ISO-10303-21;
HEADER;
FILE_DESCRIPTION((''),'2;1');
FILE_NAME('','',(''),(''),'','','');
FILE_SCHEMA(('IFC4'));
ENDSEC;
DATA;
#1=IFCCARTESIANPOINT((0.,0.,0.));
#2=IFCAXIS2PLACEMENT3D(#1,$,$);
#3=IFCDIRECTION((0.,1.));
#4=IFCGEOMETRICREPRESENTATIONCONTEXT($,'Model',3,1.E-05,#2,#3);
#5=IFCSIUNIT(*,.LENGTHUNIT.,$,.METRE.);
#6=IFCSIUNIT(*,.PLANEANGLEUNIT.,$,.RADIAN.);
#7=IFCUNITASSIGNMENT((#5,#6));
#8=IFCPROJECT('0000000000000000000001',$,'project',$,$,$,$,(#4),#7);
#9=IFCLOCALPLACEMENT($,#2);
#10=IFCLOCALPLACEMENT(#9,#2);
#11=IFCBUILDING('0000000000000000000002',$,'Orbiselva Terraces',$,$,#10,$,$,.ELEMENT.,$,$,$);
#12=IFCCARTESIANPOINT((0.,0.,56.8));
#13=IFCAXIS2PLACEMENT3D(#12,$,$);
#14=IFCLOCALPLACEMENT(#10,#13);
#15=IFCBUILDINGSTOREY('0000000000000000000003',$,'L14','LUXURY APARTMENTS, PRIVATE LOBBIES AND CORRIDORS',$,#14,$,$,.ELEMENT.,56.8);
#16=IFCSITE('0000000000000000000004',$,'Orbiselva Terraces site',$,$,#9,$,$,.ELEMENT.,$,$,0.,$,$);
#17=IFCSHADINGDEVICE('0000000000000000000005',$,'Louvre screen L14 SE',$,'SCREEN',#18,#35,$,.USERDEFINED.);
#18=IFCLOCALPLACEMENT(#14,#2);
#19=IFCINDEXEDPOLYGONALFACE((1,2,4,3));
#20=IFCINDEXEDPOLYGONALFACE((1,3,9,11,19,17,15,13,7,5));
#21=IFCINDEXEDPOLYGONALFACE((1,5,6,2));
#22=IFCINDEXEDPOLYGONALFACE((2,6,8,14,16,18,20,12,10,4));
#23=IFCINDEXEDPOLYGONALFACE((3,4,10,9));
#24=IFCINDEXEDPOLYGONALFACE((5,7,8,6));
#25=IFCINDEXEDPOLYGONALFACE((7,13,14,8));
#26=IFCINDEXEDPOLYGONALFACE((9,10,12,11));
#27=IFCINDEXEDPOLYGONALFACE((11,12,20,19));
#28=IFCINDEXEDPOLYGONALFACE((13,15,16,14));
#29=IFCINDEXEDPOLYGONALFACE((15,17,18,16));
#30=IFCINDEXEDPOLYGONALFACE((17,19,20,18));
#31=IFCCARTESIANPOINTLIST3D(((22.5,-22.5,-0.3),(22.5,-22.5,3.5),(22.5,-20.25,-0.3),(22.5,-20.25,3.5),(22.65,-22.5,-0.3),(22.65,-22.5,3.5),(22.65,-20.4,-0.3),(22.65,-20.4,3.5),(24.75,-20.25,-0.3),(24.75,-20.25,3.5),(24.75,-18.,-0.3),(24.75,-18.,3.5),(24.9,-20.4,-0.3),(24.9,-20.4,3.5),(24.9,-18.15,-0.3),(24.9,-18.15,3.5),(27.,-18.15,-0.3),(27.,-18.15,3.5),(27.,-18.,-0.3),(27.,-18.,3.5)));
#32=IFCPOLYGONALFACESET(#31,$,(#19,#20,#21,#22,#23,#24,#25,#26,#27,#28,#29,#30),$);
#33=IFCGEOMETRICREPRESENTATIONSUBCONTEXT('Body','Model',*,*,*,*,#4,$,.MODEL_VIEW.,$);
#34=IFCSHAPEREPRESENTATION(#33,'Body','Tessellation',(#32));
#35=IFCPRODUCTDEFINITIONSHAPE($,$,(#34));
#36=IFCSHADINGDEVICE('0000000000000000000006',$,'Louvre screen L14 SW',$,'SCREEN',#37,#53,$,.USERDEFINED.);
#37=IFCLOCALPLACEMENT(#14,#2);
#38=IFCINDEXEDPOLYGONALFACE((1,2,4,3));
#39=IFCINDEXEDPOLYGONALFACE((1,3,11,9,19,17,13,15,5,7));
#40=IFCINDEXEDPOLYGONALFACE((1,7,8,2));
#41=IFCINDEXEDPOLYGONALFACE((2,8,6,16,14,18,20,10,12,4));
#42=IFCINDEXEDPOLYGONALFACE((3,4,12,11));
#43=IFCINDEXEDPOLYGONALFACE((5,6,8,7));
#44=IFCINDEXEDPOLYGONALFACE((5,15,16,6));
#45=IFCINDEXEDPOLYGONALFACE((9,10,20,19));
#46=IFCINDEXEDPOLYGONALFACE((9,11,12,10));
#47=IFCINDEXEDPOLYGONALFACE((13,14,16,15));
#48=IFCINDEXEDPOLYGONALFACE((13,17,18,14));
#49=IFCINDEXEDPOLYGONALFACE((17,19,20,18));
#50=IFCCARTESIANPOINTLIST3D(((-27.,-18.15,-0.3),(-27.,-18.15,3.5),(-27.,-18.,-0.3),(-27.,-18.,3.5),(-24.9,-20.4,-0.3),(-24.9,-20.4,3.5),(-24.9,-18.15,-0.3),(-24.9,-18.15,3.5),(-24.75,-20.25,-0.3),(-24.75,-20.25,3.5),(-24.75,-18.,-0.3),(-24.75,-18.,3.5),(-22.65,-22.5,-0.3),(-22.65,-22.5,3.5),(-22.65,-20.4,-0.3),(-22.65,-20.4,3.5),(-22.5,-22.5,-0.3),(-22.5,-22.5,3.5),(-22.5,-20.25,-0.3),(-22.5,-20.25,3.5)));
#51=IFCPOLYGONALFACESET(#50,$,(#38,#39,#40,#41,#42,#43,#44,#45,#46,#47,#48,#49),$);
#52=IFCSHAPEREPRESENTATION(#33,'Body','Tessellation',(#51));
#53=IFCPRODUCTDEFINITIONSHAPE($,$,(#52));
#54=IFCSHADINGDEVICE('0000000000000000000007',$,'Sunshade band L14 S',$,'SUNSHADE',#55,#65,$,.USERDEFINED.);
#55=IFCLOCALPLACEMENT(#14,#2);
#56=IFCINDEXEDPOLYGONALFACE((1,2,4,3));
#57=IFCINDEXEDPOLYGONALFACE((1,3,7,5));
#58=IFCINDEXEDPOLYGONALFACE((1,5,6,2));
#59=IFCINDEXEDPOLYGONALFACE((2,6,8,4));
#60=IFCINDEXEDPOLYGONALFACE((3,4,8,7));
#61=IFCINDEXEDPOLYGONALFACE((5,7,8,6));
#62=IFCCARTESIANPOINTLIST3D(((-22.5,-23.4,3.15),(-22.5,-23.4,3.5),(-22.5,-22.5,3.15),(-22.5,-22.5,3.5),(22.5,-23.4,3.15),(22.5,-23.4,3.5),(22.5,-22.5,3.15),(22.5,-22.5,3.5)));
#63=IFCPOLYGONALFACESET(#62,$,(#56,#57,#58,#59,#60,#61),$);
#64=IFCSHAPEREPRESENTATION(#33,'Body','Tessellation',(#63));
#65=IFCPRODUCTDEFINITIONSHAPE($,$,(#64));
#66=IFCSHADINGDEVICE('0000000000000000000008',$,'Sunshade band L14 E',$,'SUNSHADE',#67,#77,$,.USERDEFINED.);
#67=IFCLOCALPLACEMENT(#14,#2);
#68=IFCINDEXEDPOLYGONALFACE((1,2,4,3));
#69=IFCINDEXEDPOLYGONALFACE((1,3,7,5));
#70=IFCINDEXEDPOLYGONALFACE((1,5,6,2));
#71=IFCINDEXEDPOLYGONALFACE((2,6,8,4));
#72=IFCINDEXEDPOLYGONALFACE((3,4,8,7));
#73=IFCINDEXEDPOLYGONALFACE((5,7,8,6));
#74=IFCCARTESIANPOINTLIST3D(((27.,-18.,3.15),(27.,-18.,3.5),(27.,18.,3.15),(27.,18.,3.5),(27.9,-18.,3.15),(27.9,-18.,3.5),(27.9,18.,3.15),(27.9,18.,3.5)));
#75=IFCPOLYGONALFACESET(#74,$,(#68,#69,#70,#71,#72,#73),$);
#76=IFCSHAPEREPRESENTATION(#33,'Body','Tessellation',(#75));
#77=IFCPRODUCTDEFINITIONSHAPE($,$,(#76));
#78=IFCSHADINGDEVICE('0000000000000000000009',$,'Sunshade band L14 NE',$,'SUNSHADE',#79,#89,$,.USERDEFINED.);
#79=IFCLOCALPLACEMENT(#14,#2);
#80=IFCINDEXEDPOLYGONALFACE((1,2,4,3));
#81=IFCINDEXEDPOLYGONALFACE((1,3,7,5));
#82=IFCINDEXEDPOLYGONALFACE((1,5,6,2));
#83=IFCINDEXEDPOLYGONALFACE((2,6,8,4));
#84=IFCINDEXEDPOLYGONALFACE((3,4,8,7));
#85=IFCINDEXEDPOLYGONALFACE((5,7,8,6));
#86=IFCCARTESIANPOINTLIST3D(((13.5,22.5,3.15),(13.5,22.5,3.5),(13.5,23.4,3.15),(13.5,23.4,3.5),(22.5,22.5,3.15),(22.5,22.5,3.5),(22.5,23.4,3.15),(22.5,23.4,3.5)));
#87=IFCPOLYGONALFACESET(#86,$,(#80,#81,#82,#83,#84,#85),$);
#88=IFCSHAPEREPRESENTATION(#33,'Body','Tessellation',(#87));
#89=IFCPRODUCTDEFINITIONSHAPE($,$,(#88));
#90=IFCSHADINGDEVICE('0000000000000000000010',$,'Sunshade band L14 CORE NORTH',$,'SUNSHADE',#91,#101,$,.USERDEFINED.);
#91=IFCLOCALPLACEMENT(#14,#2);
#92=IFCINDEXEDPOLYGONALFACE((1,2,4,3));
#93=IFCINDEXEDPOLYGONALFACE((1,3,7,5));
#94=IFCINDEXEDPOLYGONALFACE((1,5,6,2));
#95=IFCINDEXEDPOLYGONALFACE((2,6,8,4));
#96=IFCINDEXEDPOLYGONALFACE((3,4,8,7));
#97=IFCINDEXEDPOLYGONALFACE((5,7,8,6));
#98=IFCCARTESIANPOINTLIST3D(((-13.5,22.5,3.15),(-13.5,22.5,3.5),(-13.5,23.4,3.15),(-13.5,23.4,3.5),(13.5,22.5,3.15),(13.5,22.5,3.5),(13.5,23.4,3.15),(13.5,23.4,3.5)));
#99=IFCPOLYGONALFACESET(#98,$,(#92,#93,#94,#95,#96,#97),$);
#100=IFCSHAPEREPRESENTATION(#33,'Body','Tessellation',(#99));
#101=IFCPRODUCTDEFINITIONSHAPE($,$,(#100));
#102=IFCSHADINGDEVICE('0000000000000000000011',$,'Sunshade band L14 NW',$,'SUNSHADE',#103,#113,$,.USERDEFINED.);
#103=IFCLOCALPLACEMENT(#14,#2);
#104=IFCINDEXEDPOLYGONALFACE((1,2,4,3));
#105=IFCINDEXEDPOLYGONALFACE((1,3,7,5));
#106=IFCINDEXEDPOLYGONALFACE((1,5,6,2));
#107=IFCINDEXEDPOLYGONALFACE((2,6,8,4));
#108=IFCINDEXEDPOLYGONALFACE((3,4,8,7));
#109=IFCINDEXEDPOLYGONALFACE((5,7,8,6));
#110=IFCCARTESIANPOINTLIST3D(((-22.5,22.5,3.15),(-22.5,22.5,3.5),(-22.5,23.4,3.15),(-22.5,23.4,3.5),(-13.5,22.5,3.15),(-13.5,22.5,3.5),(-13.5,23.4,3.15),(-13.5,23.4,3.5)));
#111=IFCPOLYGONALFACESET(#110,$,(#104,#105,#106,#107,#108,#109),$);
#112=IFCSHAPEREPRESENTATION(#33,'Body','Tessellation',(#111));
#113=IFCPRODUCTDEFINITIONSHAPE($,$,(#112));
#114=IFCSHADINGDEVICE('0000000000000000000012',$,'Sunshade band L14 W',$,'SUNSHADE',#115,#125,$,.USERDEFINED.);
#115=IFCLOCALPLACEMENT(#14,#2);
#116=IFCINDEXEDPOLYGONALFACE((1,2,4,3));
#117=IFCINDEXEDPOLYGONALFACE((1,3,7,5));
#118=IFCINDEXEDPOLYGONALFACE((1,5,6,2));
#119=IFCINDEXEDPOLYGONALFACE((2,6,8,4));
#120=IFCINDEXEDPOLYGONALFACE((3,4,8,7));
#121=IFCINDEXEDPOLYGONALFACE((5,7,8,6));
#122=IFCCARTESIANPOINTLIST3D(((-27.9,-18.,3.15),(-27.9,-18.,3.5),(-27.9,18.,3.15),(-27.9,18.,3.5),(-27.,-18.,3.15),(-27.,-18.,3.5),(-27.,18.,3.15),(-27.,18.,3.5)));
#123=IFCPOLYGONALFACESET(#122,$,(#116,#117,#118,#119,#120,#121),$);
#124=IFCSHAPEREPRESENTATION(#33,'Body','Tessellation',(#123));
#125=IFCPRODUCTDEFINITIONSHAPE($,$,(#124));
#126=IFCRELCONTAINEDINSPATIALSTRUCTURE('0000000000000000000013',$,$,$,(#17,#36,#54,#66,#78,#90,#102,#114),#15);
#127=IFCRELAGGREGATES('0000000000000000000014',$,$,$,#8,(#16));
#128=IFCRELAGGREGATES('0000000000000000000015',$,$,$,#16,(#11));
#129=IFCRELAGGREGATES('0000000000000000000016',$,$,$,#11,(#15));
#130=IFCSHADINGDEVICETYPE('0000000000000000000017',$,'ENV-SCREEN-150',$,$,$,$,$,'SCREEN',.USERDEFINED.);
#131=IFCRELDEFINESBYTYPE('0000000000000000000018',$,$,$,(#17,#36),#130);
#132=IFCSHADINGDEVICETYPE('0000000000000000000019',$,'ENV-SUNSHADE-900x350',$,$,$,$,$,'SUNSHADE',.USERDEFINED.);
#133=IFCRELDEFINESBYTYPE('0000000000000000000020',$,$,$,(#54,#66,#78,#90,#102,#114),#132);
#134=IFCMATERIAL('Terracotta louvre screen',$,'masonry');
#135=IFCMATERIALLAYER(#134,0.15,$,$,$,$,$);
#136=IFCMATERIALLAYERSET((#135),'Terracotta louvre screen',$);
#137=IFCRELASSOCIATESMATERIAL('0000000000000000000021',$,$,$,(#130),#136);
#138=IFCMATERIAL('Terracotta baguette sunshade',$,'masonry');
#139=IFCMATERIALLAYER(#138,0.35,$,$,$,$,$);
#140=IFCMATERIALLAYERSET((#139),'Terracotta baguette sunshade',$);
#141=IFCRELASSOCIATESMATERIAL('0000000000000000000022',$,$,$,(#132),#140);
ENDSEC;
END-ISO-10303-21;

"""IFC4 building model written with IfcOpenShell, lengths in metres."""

from ifc_helpers import new_model, si_unit, direction, frame, origin, place, context, subcontext, project, spatial, polyline, outline, extrude, material, layer, layer_set, type_object, element, save


model = new_model("IFC4")

# Units and contexts
model_context = context("Model", 3, precision=1e-05, world=origin(), true_north=direction((0.0, 1.0)))
body_context = subcontext(model_context, "Body", "Model", "MODEL_VIEW")
ifc_project = project(units=[si_unit("LENGTHUNIT", "METRE"), si_unit("PLANEANGLEUNIT", "RADIAN")], contexts=[model_context])

# Site, building, storey
site_placement = place(None, origin())
site = spatial("IfcSite", under=ifc_project, at=site_placement, Name="Orbiselva Terraces site", CompositionType="ELEMENT", RefElevation=0.0)
building_placement = place(site_placement, origin())
building = spatial("IfcBuilding", under=site, at=building_placement, Name="Orbiselva Terraces", CompositionType="ELEMENT")
storey_placement = place(building_placement, frame((0.0, 0.0, 56.8)))
storey = spatial("IfcBuildingStorey", under=building, at=storey_placement, Name="L14", Description="LUXURY APARTMENTS, PRIVATE LOBBIES AND CORRIDORS", CompositionType="ELEMENT", Elevation=56.8)

# Shading devices
ifc_material_1 = material(Name="Terracotta louvre screen", Category="masonry")
ifc_layer_1 = layer(ifc_material_1, 0.15)
ifc_layer_set_1 = layer_set([ifc_layer_1], Name="Terracotta louvre screen")
shading_device_type_1 = type_object("IfcShadingDeviceType", Name="ENV-SCREEN-150", ElementType="SCREEN", PredefinedType="USERDEFINED", material=ifc_layer_set_1)
shading_device_1_placement = place(storey_placement, frame((0.0, 0.0, -0.3)))
element("IfcShadingDevice", 1, at=shading_device_1_placement, inside=storey, type_object=shading_device_type_1, Name="Louvre screen L14 SE", ObjectType="SCREEN", PredefinedType="USERDEFINED", context=body_context, shape_type="SweptSolid", body=[
    extrude(outline(polyline([(22.65, -22.5), (22.65, -20.4), (24.9, -20.4), (24.9, -18.15), (27.0, -18.15), (27.0, -18.0), (24.75, -18.0), (24.75, -20.25), (22.5, -20.25), (22.5, -22.5), (22.65, -22.5)])), origin(), (0.0, 0.0, 1.0), 3.8),
])
shading_device_2_placement = place(storey_placement, frame((0.0, 0.0, -0.3)))
element("IfcShadingDevice", 2, at=shading_device_2_placement, inside=storey, type_object=shading_device_type_1, Name="Louvre screen L14 SW", ObjectType="SCREEN", PredefinedType="USERDEFINED", context=body_context, shape_type="SweptSolid", body=[
    extrude(outline(polyline([(-27.0, -18.15), (-24.9, -18.15), (-24.9, -20.4), (-22.65, -20.4), (-22.65, -22.5), (-22.5, -22.5), (-22.5, -20.25), (-24.75, -20.25), (-24.75, -18.0), (-27.0, -18.0), (-27.0, -18.15)])), origin(), (0.0, 0.0, 1.0), 3.8),
])
ifc_material_2 = material(Name="Terracotta baguette sunshade", Category="masonry")
ifc_layer_2 = layer(ifc_material_2, 0.35)
ifc_layer_set_2 = layer_set([ifc_layer_2], Name="Terracotta baguette sunshade")
shading_device_type_2 = type_object("IfcShadingDeviceType", Name="ENV-SUNSHADE-900x350", ElementType="SUNSHADE", PredefinedType="USERDEFINED", material=ifc_layer_set_2)
shading_device_3_placement = place(storey_placement, frame((0.0, 0.0, 3.15)))
element("IfcShadingDevice", 3, at=shading_device_3_placement, inside=storey, type_object=shading_device_type_2, Name="Sunshade band L14 S", ObjectType="SUNSHADE", PredefinedType="USERDEFINED", context=body_context, shape_type="SweptSolid", body=[
    extrude(outline(polyline([(-22.5, -23.4), (22.5, -23.4), (22.5, -22.5), (-22.5, -22.5), (-22.5, -23.4)])), origin(), (0.0, 0.0, 1.0), 0.35),
])
shading_device_4_placement = place(storey_placement, frame((0.0, 0.0, 3.15)))
element("IfcShadingDevice", 4, at=shading_device_4_placement, inside=storey, type_object=shading_device_type_2, Name="Sunshade band L14 E", ObjectType="SUNSHADE", PredefinedType="USERDEFINED", context=body_context, shape_type="SweptSolid", body=[
    extrude(outline(polyline([(27.9, -18.0), (27.9, 18.0), (27.0, 18.0), (27.0, -18.0), (27.9, -18.0)])), origin(), (0.0, 0.0, 1.0), 0.35),
])
shading_device_5_placement = place(storey_placement, frame((0.0, 0.0, 3.15)))
element("IfcShadingDevice", 5, at=shading_device_5_placement, inside=storey, type_object=shading_device_type_2, Name="Sunshade band L14 NE", ObjectType="SUNSHADE", PredefinedType="USERDEFINED", context=body_context, shape_type="SweptSolid", body=[
    extrude(outline(polyline([(22.5, 23.4), (13.5, 23.4), (13.5, 22.5), (22.5, 22.5), (22.5, 23.4)])), origin(), (0.0, 0.0, 1.0), 0.35),
])
shading_device_6_placement = place(storey_placement, frame((0.0, 0.0, 3.15)))
element("IfcShadingDevice", 6, at=shading_device_6_placement, inside=storey, type_object=shading_device_type_2, Name="Sunshade band L14 CORE NORTH", ObjectType="SUNSHADE", PredefinedType="USERDEFINED", context=body_context, shape_type="SweptSolid", body=[
    extrude(outline(polyline([(13.5, 23.4), (-13.5, 23.4), (-13.5, 22.5), (13.5, 22.5), (13.5, 23.4)])), origin(), (0.0, 0.0, 1.0), 0.35),
])
shading_device_7_placement = place(storey_placement, frame((0.0, 0.0, 3.15)))
element("IfcShadingDevice", 7, at=shading_device_7_placement, inside=storey, type_object=shading_device_type_2, Name="Sunshade band L14 NW", ObjectType="SUNSHADE", PredefinedType="USERDEFINED", context=body_context, shape_type="SweptSolid", body=[
    extrude(outline(polyline([(-13.5, 23.4), (-22.5, 23.4), (-22.5, 22.5), (-13.5, 22.5), (-13.5, 23.4)])), origin(), (0.0, 0.0, 1.0), 0.35),
])
shading_device_8_placement = place(storey_placement, frame((0.0, 0.0, 3.15)))
element("IfcShadingDevice", 8, at=shading_device_8_placement, inside=storey, type_object=shading_device_type_2, Name="Sunshade band L14 W", ObjectType="SUNSHADE", PredefinedType="USERDEFINED", context=body_context, shape_type="SweptSolid", body=[
    extrude(outline(polyline([(-27.9, 18.0), (-27.9, -18.0), (-27.0, -18.0), (-27.0, 18.0), (-27.9, 18.0)])), origin(), (0.0, 0.0, 1.0), 0.35),
])

save(model, "model.ifc")
